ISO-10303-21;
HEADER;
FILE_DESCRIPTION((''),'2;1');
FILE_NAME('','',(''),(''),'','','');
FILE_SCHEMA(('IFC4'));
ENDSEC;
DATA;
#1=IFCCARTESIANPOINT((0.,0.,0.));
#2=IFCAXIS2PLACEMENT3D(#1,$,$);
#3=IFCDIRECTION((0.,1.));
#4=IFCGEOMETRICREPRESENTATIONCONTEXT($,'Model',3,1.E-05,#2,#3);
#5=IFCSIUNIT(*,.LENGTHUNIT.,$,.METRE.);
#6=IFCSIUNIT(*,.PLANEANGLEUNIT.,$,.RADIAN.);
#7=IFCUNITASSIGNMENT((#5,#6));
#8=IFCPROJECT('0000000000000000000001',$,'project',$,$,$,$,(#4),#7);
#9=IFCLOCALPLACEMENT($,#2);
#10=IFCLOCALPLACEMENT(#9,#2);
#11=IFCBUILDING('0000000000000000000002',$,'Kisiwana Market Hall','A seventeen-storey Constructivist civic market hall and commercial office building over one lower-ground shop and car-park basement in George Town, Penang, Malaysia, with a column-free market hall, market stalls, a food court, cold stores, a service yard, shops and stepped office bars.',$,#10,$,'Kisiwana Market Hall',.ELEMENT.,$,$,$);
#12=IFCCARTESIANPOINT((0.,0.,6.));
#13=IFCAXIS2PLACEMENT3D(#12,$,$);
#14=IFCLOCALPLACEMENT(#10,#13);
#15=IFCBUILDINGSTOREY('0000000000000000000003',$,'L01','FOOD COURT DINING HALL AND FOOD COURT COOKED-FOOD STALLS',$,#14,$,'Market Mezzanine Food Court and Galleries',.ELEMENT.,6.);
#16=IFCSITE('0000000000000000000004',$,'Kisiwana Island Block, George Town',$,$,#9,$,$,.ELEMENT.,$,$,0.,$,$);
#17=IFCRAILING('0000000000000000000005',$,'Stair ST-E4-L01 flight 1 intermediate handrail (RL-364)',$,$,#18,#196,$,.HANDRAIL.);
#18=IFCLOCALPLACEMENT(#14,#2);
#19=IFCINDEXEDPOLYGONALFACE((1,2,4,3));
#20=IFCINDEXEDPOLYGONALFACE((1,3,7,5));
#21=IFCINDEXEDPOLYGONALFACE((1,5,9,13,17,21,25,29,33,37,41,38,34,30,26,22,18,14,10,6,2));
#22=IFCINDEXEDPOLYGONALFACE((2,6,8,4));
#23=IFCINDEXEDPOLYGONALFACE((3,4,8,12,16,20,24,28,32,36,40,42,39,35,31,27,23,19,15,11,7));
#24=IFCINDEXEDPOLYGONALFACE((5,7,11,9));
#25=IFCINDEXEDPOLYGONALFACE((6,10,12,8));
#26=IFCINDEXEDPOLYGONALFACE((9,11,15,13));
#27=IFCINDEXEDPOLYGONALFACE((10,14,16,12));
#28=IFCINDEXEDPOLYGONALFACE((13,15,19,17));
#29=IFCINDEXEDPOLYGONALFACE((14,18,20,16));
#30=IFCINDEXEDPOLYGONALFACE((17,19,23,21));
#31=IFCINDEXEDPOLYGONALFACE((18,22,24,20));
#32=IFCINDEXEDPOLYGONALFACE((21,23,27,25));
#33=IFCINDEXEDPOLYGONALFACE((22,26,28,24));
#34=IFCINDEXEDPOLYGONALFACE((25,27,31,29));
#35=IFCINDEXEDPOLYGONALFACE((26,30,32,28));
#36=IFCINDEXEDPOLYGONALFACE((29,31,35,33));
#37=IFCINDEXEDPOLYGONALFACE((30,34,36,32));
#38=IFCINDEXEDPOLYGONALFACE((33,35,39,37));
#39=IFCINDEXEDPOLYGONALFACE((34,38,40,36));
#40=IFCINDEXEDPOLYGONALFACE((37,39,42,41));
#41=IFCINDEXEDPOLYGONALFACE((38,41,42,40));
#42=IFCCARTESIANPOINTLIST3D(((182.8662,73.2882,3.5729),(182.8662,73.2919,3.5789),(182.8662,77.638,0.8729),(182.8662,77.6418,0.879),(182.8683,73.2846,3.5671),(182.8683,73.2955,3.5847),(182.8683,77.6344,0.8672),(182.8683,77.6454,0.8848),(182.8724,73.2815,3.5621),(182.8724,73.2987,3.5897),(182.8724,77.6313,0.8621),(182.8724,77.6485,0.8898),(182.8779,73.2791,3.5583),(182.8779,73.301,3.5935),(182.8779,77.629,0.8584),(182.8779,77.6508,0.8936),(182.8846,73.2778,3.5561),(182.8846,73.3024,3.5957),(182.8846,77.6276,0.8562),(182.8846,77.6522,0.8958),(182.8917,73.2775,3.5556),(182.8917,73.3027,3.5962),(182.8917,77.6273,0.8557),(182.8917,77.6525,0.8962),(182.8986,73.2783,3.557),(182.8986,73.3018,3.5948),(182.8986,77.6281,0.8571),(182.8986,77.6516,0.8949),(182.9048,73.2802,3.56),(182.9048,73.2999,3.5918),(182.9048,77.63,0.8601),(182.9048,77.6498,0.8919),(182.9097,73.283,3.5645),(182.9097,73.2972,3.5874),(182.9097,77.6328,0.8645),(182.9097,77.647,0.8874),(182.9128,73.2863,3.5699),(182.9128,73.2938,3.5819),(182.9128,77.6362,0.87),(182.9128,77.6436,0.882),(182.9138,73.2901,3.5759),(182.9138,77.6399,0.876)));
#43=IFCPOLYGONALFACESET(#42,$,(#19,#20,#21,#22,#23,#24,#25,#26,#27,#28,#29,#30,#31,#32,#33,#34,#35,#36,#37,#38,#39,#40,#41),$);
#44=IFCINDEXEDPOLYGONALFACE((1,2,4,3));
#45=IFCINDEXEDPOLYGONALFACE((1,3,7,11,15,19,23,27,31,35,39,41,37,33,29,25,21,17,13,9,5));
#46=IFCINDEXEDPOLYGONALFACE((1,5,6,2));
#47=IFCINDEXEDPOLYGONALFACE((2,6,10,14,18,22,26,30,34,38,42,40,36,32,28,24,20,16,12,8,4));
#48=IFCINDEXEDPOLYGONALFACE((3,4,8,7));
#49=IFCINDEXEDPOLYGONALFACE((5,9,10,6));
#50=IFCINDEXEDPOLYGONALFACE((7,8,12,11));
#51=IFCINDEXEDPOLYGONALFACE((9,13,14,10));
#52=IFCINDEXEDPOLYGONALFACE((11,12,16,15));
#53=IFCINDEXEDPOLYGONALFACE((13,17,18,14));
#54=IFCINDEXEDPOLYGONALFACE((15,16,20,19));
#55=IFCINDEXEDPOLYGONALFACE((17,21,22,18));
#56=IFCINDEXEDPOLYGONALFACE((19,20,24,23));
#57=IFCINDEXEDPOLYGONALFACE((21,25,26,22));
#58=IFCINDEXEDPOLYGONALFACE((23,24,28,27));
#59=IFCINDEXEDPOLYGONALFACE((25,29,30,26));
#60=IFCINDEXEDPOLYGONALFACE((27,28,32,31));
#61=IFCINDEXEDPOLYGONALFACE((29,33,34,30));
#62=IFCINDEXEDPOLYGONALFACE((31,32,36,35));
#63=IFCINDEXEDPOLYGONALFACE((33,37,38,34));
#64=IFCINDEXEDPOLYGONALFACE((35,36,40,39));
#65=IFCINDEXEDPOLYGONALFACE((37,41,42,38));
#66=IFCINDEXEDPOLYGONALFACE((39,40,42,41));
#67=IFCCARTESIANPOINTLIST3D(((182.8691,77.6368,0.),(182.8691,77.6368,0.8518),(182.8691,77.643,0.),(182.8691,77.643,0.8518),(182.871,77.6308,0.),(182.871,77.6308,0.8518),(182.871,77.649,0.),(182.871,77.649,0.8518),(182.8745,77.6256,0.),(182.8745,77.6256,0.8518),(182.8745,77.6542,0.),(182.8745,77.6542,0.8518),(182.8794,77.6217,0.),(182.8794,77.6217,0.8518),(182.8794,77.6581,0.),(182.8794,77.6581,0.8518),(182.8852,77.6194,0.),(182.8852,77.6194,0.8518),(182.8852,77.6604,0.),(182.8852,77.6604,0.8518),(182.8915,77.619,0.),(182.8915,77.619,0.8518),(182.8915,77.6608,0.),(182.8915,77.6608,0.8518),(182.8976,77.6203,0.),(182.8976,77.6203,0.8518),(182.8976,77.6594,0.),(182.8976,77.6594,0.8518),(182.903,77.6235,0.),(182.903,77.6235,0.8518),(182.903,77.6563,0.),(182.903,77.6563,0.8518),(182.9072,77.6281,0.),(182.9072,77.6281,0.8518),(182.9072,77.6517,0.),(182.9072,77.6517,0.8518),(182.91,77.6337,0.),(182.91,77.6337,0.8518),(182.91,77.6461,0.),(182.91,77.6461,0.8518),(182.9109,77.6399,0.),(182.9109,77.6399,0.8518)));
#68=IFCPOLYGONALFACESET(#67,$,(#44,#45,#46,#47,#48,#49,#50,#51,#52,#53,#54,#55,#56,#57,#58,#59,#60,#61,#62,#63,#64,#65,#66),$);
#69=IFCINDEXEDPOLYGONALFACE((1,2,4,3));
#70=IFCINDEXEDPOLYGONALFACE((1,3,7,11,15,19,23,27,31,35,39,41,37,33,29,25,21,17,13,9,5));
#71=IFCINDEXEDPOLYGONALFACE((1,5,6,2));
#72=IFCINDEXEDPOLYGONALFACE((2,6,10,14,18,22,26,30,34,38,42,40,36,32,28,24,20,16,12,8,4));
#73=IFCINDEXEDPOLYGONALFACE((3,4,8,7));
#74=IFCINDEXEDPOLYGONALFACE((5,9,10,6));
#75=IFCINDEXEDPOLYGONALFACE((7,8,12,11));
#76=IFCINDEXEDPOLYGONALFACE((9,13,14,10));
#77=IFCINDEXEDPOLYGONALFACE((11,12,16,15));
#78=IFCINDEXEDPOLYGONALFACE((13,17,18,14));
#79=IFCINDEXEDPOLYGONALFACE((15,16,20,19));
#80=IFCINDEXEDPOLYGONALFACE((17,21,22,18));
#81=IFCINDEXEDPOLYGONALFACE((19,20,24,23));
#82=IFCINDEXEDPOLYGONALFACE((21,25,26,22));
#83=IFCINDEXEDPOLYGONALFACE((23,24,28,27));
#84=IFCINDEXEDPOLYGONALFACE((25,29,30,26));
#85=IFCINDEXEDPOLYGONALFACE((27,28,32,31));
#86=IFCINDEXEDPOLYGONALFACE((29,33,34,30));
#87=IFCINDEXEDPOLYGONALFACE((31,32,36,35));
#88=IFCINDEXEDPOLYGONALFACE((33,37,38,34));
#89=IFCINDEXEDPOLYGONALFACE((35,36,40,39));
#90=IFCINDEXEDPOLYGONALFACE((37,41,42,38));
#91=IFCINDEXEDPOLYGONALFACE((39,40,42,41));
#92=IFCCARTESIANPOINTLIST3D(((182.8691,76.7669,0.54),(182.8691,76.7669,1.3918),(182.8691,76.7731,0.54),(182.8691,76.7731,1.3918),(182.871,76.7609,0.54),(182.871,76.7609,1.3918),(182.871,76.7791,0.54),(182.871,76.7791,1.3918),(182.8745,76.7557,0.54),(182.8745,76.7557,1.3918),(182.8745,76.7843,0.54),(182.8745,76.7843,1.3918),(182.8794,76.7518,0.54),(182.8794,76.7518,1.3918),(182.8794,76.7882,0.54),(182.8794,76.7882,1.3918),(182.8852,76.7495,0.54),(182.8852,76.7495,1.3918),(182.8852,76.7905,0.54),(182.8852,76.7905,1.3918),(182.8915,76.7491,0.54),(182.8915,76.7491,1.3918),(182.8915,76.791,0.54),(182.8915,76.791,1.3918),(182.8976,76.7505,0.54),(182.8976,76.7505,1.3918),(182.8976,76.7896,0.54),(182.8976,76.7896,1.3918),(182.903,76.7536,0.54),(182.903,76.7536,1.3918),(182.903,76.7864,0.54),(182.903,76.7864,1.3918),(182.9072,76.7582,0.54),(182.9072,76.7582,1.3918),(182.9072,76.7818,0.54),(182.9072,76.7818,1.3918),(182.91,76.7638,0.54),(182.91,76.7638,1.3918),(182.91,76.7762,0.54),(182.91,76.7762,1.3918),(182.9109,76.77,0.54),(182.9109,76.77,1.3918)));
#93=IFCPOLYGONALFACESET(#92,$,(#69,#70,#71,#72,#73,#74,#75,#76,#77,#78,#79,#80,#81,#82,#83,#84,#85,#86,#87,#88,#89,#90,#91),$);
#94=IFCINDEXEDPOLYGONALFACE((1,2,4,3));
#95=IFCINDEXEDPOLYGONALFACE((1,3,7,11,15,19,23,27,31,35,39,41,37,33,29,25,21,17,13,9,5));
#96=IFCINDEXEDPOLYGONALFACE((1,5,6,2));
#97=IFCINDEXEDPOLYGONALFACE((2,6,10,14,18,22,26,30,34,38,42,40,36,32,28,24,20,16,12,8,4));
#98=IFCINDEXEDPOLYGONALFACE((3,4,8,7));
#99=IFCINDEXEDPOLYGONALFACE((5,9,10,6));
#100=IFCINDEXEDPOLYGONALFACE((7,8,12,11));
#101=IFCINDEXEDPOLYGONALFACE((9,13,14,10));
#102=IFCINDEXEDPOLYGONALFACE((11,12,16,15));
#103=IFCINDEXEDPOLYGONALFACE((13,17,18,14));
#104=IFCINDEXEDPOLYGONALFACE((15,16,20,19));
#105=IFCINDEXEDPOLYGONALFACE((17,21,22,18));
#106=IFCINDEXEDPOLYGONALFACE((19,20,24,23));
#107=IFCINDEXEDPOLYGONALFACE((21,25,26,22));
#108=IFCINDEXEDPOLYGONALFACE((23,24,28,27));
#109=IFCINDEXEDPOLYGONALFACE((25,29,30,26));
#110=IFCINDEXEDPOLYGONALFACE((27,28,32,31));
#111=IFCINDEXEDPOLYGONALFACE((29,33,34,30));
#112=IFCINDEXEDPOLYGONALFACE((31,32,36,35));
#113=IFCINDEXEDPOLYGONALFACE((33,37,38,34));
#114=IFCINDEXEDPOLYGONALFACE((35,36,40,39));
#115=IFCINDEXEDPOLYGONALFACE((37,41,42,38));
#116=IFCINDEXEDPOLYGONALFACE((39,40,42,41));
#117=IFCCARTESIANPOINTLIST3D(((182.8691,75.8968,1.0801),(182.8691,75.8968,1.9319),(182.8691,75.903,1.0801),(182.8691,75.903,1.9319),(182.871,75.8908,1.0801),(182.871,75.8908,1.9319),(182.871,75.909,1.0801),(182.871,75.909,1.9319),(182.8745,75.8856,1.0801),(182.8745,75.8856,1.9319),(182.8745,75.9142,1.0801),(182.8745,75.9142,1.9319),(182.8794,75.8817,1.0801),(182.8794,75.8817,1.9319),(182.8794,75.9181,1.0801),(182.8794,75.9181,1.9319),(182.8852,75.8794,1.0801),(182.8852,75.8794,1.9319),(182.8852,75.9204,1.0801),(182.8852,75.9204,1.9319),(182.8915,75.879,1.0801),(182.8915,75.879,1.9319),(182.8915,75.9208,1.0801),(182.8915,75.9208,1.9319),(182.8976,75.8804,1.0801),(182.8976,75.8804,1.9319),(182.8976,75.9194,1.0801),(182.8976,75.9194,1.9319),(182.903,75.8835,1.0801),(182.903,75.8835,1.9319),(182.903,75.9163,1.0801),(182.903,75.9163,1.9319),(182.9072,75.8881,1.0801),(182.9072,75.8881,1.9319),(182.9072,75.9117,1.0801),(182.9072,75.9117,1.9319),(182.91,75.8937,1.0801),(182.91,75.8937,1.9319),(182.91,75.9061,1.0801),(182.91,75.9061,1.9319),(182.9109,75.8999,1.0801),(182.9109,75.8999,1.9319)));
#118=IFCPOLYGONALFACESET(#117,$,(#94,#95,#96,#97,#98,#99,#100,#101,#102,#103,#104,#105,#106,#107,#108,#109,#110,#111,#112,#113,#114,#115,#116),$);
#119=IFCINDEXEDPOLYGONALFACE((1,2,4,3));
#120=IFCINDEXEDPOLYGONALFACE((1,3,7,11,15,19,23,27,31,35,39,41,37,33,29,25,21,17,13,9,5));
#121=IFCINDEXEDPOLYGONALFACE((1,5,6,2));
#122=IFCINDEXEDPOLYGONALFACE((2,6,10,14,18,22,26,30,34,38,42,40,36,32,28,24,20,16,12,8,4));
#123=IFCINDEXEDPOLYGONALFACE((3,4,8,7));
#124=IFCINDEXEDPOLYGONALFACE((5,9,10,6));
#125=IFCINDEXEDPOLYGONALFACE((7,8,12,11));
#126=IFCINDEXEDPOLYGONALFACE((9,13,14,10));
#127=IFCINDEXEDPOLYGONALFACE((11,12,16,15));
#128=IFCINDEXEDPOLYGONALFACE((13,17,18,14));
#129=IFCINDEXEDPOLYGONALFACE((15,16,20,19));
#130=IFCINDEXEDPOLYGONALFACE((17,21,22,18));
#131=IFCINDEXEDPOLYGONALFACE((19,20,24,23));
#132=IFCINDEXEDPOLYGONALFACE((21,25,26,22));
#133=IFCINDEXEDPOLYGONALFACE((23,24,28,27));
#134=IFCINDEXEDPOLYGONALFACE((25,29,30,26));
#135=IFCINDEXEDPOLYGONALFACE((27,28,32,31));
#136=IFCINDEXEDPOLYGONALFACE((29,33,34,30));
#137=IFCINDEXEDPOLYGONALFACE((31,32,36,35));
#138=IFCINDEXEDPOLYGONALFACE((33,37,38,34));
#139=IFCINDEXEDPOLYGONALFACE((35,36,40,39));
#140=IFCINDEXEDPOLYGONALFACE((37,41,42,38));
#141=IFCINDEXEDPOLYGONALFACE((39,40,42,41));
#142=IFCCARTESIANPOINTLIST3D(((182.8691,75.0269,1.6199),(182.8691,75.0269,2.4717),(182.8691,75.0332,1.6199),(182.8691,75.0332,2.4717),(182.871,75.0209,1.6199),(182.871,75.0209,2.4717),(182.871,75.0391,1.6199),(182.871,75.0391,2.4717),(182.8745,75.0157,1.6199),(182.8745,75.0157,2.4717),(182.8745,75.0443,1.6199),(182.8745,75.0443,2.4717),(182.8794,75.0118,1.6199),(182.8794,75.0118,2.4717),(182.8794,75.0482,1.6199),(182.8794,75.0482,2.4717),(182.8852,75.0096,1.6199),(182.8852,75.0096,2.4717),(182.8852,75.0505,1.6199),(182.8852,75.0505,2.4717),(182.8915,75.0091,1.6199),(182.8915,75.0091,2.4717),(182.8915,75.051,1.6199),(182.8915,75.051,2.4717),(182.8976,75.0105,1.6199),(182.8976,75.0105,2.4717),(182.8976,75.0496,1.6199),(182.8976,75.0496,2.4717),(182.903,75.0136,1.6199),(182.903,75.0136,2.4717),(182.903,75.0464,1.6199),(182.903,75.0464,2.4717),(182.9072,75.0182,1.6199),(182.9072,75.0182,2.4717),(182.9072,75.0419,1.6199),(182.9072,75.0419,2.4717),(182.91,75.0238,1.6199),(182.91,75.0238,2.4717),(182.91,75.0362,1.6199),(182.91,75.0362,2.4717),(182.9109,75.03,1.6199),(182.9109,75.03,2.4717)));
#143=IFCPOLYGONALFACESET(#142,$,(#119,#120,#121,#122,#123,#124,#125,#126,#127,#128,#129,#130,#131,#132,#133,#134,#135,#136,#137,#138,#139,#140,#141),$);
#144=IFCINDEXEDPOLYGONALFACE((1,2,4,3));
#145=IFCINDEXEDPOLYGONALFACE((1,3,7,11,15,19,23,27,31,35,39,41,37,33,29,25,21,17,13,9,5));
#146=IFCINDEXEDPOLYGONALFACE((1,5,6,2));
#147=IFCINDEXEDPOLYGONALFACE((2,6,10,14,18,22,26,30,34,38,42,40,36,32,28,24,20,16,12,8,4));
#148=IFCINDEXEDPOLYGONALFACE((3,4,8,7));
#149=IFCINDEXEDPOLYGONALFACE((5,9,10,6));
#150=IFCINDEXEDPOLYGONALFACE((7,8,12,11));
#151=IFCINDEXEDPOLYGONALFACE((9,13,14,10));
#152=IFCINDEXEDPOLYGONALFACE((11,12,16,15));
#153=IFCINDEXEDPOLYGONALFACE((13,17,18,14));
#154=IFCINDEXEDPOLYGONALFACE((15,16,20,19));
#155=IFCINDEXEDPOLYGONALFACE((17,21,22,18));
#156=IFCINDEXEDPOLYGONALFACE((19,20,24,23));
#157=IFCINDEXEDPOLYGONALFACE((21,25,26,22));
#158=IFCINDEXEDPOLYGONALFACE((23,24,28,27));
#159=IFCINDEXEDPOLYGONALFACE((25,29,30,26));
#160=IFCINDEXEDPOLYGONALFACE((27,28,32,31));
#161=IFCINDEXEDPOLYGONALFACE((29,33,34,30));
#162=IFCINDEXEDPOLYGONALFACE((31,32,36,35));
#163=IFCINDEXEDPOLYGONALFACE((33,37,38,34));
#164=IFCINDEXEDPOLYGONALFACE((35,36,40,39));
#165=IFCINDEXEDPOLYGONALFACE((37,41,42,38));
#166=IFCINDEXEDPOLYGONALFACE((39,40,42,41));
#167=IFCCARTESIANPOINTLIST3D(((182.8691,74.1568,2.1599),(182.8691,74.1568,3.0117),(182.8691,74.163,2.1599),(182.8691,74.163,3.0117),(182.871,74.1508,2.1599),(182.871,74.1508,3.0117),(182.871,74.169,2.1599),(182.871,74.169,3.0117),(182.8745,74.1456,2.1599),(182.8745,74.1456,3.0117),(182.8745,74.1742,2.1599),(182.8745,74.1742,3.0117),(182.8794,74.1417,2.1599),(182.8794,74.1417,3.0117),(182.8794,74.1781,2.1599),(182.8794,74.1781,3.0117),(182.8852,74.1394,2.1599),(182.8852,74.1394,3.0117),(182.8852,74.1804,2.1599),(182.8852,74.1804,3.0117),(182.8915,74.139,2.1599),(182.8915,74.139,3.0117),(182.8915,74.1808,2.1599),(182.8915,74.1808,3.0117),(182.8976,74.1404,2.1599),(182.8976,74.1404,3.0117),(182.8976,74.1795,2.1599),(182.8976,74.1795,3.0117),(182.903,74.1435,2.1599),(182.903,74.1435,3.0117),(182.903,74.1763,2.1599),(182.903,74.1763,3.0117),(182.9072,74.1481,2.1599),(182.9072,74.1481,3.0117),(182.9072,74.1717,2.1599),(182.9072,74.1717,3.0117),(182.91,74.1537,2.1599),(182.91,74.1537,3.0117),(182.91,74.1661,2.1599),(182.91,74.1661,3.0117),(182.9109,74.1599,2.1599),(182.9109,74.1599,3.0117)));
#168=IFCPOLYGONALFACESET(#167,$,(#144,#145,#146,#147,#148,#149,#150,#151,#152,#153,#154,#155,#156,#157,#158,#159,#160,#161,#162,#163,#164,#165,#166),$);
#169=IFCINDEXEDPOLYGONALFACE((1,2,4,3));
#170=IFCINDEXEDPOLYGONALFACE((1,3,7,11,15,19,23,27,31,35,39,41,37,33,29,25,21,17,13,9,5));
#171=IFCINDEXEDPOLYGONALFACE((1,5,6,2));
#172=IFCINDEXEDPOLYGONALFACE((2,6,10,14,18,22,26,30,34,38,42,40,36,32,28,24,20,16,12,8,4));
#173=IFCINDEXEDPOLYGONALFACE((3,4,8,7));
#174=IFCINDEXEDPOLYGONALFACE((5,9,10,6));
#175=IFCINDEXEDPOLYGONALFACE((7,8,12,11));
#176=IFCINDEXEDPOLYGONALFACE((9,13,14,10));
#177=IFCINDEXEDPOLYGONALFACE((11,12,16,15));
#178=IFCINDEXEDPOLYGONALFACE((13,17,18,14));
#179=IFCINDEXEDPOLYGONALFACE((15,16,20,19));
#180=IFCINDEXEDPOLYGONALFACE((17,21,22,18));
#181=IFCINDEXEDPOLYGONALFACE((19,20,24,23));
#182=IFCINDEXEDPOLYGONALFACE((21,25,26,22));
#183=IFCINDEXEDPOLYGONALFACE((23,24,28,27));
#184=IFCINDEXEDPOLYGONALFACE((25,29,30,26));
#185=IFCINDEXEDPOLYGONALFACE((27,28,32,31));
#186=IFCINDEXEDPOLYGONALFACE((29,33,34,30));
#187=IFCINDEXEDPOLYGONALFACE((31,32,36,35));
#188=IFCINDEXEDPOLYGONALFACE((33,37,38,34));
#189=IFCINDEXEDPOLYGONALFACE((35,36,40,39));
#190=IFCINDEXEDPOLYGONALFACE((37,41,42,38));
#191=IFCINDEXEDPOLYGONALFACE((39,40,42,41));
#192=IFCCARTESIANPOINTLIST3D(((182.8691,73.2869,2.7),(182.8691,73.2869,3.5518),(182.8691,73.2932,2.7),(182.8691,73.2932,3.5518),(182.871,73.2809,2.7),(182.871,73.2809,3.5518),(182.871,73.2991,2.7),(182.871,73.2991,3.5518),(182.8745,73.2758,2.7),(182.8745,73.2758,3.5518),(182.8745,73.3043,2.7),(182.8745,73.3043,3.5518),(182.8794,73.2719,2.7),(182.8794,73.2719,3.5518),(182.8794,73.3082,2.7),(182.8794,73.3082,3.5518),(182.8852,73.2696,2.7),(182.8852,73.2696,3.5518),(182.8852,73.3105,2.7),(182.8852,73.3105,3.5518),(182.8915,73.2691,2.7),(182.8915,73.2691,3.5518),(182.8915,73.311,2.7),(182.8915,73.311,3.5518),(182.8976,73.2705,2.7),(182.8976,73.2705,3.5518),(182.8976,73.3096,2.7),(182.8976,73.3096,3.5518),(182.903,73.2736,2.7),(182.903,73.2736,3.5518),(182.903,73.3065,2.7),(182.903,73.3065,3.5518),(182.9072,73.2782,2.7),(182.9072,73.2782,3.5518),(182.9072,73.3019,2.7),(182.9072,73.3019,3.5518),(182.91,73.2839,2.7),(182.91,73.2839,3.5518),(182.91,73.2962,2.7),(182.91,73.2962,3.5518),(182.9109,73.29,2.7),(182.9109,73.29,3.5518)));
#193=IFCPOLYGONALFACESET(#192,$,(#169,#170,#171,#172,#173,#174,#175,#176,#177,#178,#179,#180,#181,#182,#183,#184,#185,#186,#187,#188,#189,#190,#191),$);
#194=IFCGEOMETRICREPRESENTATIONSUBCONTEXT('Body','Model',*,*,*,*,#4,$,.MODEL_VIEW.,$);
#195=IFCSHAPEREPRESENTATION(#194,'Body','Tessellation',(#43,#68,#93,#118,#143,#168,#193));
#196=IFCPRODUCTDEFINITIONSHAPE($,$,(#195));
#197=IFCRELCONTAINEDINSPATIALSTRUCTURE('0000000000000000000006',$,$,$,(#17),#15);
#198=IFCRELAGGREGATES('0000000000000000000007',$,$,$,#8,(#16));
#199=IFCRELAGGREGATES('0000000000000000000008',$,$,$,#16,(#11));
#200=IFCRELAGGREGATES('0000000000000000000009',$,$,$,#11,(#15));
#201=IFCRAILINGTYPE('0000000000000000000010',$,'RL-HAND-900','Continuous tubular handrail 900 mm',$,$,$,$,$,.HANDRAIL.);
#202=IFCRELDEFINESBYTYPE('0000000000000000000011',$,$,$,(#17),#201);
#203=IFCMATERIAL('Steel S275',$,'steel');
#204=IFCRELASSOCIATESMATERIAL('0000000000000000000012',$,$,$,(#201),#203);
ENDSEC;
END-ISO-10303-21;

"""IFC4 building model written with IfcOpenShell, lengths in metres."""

from ifc_helpers import new_model, si_unit, direction, frame, origin, origin_2d, place, context, subcontext, project, spatial, circle, extrude, material, type_object, element, save


model = new_model("IFC4")

# Units and contexts
model_context = context("Model", 3, precision=1e-05, world=origin(), true_north=direction((0.0, 1.0)))
body_context = subcontext(model_context, "Body", "Model", "MODEL_VIEW")
ifc_project = project(units=[si_unit("LENGTHUNIT", "METRE"), si_unit("PLANEANGLEUNIT", "RADIAN")], contexts=[model_context])

# Site, building, storey
site_placement = place(None, origin())
site = spatial("IfcSite", under=ifc_project, at=site_placement, Name="Kisiwana Island Block, George Town", CompositionType="ELEMENT", RefElevation=0.0)
building_placement = place(site_placement, origin())
building = spatial("IfcBuilding", under=site, at=building_placement, Name="Kisiwana Market Hall", Description="A seventeen-storey Constructivist civic market hall and commercial office building over one lower-ground shop and car-park basement in George Town, Penang, Malaysia, with a column-free market hall, market stalls, a food court, cold stores, a service yard, shops and stepped office bars.", LongName="Kisiwana Market Hall", CompositionType="ELEMENT")
storey_placement = place(building_placement, frame((0.0, 0.0, 6.0)))
storey = spatial("IfcBuildingStorey", under=building, at=storey_placement, Name="L01", Description="FOOD COURT DINING HALL AND FOOD COURT COOKED-FOOD STALLS", LongName="Market Mezzanine Food Court and Galleries", CompositionType="ELEMENT", Elevation=6.0)

# Railing
ifc_material_1 = material(Name="Steel S275", Category="steel")
railing_type_1 = type_object("IfcRailingType", Name="RL-HAND-900", Description="Continuous tubular handrail 900 mm", PredefinedType="HANDRAIL", material=ifc_material_1)
railing_1_placement = place(storey_placement, frame((182.8899, 77.6399, 0.0)))
element("IfcRailing", 1, at=railing_1_placement, inside=storey, type_object=railing_type_1, Name="Stair ST-E4-L01 flight 1 intermediate handrail (RL-364)", PredefinedType="HANDRAIL", context=body_context, shape_type="SweptSolid", body=[
    extrude(circle(Radius=0.0239, at=origin_2d()), frame((0.0, 0.0, 0.876), z_axis=(0.0, -0.849636, 0.527369), x_axis=(1.0, 0.0, 0.0)), (0.0, 0.0, 1.0), 5.1196),
    extrude(circle(Radius=0.021, at=origin_2d()), origin(), (0.0, 0.0, 1.0), 0.8518),
    extrude(circle(Radius=0.021, at=origin_2d()), frame((0.0, -0.8699, 0.54)), (0.0, 0.0, 1.0), 0.8518),
    extrude(circle(Radius=0.021, at=origin_2d()), frame((0.0, -1.74, 1.0801)), (0.0, 0.0, 1.0), 0.8518),
    extrude(circle(Radius=0.021, at=origin_2d()), frame((0.0, -2.6099, 1.6199)), (0.0, 0.0, 1.0), 0.8518),
    extrude(circle(Radius=0.021, at=origin_2d()), frame((0.0, -3.48, 2.1599)), (0.0, 0.0, 1.0), 0.8518),
    extrude(circle(Radius=0.021, at=origin_2d()), frame((0.0, -4.3499, 2.7)), (0.0, 0.0, 1.0), 0.8518),
])

save(model, "model.ifc")
